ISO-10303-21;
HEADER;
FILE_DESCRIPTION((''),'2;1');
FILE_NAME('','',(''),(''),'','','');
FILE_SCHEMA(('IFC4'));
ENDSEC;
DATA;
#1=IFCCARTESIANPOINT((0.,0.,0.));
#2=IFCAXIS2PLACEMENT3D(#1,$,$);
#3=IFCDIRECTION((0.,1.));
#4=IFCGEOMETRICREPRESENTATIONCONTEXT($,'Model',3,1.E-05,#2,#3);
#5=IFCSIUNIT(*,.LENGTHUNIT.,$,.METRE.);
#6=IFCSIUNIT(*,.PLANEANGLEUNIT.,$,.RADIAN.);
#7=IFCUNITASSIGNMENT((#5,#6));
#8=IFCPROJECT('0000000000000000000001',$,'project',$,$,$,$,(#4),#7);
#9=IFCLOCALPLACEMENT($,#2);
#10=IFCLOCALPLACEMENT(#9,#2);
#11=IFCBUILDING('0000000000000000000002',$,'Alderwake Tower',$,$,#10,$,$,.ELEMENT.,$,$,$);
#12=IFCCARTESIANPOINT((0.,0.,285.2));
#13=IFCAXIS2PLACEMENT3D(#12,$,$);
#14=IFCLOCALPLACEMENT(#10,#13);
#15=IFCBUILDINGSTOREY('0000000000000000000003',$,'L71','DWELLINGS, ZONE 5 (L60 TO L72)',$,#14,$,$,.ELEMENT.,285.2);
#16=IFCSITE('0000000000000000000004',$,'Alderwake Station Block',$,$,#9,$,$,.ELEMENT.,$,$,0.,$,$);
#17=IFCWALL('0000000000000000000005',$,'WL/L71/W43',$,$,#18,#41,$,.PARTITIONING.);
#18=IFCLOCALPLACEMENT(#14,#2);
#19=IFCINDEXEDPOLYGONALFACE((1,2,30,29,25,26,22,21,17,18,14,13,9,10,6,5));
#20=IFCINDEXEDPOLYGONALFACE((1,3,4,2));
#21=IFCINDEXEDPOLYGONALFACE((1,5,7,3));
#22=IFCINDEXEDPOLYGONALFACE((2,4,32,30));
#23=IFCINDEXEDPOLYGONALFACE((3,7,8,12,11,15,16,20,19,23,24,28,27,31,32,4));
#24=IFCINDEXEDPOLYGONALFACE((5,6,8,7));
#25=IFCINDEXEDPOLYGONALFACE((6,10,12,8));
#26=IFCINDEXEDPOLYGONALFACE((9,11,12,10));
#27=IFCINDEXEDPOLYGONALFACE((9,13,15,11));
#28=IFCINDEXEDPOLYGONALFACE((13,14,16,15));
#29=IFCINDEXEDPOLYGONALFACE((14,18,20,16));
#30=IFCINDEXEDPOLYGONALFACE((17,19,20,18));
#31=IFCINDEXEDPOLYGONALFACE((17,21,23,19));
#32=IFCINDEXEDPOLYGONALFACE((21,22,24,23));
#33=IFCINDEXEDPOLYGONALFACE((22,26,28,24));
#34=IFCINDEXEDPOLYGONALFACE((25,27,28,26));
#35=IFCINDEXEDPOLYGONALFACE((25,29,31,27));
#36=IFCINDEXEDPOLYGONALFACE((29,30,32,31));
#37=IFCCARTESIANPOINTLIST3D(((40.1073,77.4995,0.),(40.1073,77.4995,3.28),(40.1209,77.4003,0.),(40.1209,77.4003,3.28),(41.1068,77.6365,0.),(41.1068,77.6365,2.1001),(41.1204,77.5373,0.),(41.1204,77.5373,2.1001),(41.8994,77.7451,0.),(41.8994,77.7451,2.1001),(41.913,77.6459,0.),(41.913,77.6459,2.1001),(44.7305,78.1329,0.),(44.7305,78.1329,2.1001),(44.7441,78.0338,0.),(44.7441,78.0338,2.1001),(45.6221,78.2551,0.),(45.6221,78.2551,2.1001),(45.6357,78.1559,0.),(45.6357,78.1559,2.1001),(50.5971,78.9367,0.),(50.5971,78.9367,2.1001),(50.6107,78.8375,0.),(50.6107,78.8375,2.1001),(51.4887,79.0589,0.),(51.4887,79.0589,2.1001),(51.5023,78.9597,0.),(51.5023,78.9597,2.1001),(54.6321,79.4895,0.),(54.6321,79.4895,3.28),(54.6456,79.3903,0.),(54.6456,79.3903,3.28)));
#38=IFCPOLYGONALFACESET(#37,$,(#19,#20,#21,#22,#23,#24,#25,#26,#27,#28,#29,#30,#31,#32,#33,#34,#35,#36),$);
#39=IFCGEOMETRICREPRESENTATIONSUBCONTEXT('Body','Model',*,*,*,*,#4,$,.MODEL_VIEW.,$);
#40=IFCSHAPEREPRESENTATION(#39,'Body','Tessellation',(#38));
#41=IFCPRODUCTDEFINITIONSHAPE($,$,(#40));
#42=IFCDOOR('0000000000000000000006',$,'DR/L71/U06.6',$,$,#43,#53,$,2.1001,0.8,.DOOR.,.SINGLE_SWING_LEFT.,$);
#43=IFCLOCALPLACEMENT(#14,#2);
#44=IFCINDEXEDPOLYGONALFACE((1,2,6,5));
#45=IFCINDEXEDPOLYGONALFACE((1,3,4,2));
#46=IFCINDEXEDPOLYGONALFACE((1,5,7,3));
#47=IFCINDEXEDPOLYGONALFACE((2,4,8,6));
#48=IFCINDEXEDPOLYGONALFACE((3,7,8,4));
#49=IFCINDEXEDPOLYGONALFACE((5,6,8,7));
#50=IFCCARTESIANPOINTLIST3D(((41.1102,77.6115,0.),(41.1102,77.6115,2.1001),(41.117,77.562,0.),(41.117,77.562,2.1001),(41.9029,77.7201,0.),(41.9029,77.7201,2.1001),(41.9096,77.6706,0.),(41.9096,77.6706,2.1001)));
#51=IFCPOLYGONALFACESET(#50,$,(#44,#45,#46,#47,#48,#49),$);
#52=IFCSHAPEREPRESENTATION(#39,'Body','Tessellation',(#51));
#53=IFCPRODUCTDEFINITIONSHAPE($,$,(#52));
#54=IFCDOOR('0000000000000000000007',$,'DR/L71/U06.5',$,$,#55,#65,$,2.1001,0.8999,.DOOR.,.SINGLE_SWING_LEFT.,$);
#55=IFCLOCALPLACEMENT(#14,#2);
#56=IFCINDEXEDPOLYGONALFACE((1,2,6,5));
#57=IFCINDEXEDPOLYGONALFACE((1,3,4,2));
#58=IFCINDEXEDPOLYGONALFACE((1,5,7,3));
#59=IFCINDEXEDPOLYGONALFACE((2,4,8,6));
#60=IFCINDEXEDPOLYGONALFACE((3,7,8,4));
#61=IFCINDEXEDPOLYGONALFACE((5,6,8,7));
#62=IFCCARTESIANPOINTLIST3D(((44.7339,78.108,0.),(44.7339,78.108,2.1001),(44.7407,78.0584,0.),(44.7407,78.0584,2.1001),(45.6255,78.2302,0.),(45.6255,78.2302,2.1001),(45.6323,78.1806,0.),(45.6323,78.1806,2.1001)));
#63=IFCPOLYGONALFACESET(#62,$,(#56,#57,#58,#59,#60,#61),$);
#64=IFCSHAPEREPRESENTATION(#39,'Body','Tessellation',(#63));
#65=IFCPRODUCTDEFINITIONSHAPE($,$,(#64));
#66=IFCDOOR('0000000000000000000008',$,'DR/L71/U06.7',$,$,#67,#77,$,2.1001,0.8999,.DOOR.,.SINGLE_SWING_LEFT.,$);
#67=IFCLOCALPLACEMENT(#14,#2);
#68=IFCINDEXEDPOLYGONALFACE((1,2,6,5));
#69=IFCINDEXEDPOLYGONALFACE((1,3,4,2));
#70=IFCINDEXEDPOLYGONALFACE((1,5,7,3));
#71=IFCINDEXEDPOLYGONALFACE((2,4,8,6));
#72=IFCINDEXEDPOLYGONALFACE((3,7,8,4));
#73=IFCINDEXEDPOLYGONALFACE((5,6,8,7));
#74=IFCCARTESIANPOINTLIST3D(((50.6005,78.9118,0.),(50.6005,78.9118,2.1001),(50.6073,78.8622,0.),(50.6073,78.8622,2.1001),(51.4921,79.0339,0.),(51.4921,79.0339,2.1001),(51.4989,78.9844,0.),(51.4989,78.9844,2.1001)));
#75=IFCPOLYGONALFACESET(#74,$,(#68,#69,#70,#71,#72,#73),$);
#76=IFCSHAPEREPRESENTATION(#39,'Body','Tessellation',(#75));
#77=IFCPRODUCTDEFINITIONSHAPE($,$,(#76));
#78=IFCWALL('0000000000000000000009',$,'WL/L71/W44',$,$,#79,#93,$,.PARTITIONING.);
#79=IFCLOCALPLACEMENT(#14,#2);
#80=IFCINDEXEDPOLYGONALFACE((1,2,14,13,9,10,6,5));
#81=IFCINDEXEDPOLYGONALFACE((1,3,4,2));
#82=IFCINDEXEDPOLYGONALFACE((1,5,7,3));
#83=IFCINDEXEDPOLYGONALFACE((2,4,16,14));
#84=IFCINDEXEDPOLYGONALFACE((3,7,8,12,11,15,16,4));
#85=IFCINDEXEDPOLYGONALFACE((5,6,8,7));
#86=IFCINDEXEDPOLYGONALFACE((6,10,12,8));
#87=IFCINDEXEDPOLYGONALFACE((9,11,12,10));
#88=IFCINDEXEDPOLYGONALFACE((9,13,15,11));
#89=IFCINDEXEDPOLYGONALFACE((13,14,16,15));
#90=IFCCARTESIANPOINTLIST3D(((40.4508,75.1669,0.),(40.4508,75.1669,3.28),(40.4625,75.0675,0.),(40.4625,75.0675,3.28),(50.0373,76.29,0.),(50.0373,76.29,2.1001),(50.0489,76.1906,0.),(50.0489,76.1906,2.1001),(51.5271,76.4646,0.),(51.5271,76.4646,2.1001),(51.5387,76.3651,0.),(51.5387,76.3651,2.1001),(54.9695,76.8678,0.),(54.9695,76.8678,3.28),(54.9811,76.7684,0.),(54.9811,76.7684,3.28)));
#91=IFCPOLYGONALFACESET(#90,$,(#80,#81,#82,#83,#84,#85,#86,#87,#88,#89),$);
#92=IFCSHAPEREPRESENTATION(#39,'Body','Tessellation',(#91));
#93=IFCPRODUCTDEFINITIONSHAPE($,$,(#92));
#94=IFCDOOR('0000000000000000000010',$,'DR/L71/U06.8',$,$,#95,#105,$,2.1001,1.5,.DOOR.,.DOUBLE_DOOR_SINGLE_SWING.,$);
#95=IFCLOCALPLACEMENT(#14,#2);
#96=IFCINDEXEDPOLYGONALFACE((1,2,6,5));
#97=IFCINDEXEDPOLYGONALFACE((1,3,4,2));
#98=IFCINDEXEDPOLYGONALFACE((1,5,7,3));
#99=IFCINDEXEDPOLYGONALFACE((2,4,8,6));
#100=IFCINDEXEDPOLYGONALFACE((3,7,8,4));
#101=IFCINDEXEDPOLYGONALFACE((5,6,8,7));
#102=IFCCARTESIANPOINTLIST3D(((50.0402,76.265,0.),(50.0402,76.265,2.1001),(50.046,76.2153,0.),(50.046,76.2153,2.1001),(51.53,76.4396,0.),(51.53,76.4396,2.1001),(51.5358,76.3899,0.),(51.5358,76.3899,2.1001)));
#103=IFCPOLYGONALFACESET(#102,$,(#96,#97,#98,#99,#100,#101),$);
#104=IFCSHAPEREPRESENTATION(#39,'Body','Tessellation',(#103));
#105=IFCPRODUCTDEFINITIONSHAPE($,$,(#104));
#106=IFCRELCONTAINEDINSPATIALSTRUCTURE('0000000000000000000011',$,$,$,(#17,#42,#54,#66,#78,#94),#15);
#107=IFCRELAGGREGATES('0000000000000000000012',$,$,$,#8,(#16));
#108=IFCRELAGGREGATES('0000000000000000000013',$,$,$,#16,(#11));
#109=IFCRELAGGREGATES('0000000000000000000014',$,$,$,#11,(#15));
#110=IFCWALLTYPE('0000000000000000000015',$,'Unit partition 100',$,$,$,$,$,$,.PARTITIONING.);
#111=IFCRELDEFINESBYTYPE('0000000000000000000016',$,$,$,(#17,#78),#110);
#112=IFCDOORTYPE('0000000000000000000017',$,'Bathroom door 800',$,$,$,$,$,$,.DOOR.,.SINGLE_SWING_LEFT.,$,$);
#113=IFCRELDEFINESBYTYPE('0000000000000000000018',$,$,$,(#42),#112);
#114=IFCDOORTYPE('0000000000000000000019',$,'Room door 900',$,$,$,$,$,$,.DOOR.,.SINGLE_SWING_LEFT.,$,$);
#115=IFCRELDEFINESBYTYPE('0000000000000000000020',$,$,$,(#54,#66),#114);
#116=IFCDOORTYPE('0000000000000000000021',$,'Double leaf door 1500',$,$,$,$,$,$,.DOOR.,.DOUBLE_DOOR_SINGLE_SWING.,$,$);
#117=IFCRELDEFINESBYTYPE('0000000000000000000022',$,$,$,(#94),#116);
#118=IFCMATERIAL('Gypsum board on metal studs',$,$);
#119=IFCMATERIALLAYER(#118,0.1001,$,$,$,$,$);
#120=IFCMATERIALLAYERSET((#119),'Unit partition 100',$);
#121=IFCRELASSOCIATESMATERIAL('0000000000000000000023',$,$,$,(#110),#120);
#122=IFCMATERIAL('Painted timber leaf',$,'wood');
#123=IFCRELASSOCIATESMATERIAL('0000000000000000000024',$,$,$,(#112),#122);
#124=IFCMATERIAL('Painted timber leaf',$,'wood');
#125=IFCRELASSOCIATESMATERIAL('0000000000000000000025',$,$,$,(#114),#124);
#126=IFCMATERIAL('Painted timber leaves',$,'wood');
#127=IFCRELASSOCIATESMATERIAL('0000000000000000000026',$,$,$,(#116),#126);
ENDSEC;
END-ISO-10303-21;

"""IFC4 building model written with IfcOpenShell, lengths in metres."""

from ifc_helpers import new_model, si_unit, direction, frame, frame_2d, origin, place, context, subcontext, project, spatial, rectangle, extrude, material, layer, layer_set, type_object, element, fill, save


model = new_model("IFC4")

# Units and contexts
model_context = context("Model", 3, precision=1e-05, world=origin(), true_north=direction((0.0, 1.0)))
body_context = subcontext(model_context, "Body", "Model", "MODEL_VIEW")
ifc_project = project(units=[si_unit("LENGTHUNIT", "METRE"), si_unit("PLANEANGLEUNIT", "RADIAN")], contexts=[model_context])

# Site, building, storey
site_placement = place(None, origin())
site = spatial("IfcSite", under=ifc_project, at=site_placement, Name="Alderwake Station Block", CompositionType="ELEMENT", RefElevation=0.0)
building_placement = place(site_placement, origin())
building = spatial("IfcBuilding", under=site, at=building_placement, Name="Alderwake Tower", CompositionType="ELEMENT")
storey_placement = place(building_placement, frame((0.0, 0.0, 285.2)))
storey = spatial("IfcBuildingStorey", under=building, at=storey_placement, Name="L71", Description="DWELLINGS, ZONE 5 (L60 TO L72)", CompositionType="ELEMENT", Elevation=285.2)

# Wall, openings, doors
ifc_material_1 = material(Name="Gypsum board on metal studs")
ifc_layer_1 = layer(ifc_material_1, 0.1001)
ifc_layer_set_1 = layer_set([ifc_layer_1], Name="Unit partition 100")
wall_type_1 = type_object("IfcWallType", Name="Unit partition 100", PredefinedType="PARTITIONING", material=ifc_layer_set_1)
wall_1_placement = place(storey_placement, frame((40.1143, 77.45, 0.0), z_axis=(0.0, 0.0, 1.0), x_axis=(0.990745, 0.13574, 0.0)))
wall_1 = element("IfcWall", 1, at=wall_1_placement, inside=storey, type_object=wall_type_1, Name="WL/L71/W43", PredefinedType="PARTITIONING", context=body_context, shape_type="SweptSolid", body=[
    extrude(rectangle(XDim=14.6604, YDim=0.1001, at=frame_2d((7.3301, 0.0))), origin(), (0.0, 0.0, 1.0), 3.28),
])
opening_1_placement = place(wall_1_placement, frame((4.6663, 0.0, 0.0)))
opening_1 = element("IfcOpeningElement", 2, at=opening_1_placement, cuts=wall_1, PredefinedType="OPENING", context=body_context, shape_type="SweptSolid", body=[
    extrude(rectangle(XDim=0.8999, YDim=2.1001, at=frame_2d((0.45, 1.05))), frame((0.0, 0.0601, 0.0), z_axis=(0.0, -1.0, 0.0), x_axis=(1.0, 0.0, 0.0)), (0.0, 0.0, 1.0), 0.1201),
])
opening_2_placement = place(wall_1_placement, frame((1.0088, 0.0, 0.0)))
opening_2 = element("IfcOpeningElement", 3, at=opening_2_placement, cuts=wall_1, PredefinedType="OPENING", context=body_context, shape_type="SweptSolid", body=[
    extrude(rectangle(XDim=0.8, YDim=2.1001, at=frame_2d((0.3999, 1.05))), frame((0.0, 0.0601, 0.0), z_axis=(0.0, -1.0, 0.0), x_axis=(1.0, 0.0, 0.0)), (0.0, 0.0, 1.0), 0.1201),
])
opening_3_placement = place(wall_1_placement, frame((10.5876, 0.0, 0.0)))
opening_3 = element("IfcOpeningElement", 4, at=opening_3_placement, cuts=wall_1, PredefinedType="OPENING", context=body_context, shape_type="SweptSolid", body=[
    extrude(rectangle(XDim=0.8999, YDim=2.1001, at=frame_2d((0.45, 1.05))), frame((0.0, 0.0601, 0.0), z_axis=(0.0, -1.0, 0.0), x_axis=(1.0, 0.0, 0.0)), (0.0, 0.0, 1.0), 0.1201),
])
ifc_material_2 = material(Name="Painted timber leaf", Category="wood")
door_type_1 = type_object("IfcDoorType", Name="Bathroom door 800", OperationType="SINGLE_SWING_LEFT", PredefinedType="DOOR", material=ifc_material_2)
door_1_placement = place(opening_2_placement, origin())
door_1 = element("IfcDoor", 5, at=door_1_placement, inside=storey, type_object=door_type_1, Name="DR/L71/U06.6", OperationType="SINGLE_SWING_LEFT", OverallHeight=2.1001, OverallWidth=0.8, PredefinedType="DOOR", context=body_context, shape_type="SweptSolid", body=[
    extrude(rectangle(XDim=0.8, YDim=2.1001, at=frame_2d((0.3999, 1.05))), frame((0.0, 0.0249, 0.0), z_axis=(0.0, -1.0, 0.0), x_axis=(1.0, 0.0, 0.0)), (0.0, 0.0, 1.0), 0.05),
])
fill(opening_2, door_1)
ifc_material_3 = material(Name="Painted timber leaf", Category="wood")
door_type_2 = type_object("IfcDoorType", Name="Room door 900", OperationType="SINGLE_SWING_LEFT", PredefinedType="DOOR", material=ifc_material_3)
door_2_placement = place(opening_1_placement, origin())
door_2 = element("IfcDoor", 6, at=door_2_placement, inside=storey, type_object=door_type_2, Name="DR/L71/U06.5", OperationType="SINGLE_SWING_LEFT", OverallHeight=2.1001, OverallWidth=0.8999, PredefinedType="DOOR", context=body_context, shape_type="SweptSolid", body=[
    extrude(rectangle(XDim=0.8999, YDim=2.1001, at=frame_2d((0.45, 1.05))), frame((0.0, 0.0249, 0.0), z_axis=(0.0, -1.0, 0.0), x_axis=(1.0, 0.0, 0.0)), (0.0, 0.0, 1.0), 0.05),
])
fill(opening_1, door_2)
door_3_placement = place(opening_3_placement, origin())
door_3 = element("IfcDoor", 7, at=door_3_placement, inside=storey, type_object=door_type_2, Name="DR/L71/U06.7", OperationType="SINGLE_SWING_LEFT", OverallHeight=2.1001, OverallWidth=0.8999, PredefinedType="DOOR", context=body_context, shape_type="SweptSolid", body=[
    extrude(rectangle(XDim=0.8999, YDim=2.1001, at=frame_2d((0.45, 1.05))), frame((0.0, 0.0249, 0.0), z_axis=(0.0, -1.0, 0.0), x_axis=(1.0, 0.0, 0.0)), (0.0, 0.0, 1.0), 0.05),
])
fill(opening_3, door_3)

# Wall, opening, door
wall_2_placement = place(storey_placement, frame((40.4565, 75.1172, 0.0), z_axis=(0.0, 0.0, 1.0), x_axis=(0.993207, 0.11636, 0.0)))
wall_2 = element("IfcWall", 8, at=wall_2_placement, inside=storey, type_object=wall_type_1, Name="WL/L71/W44", PredefinedType="PARTITIONING", context=body_context, shape_type="SweptSolid", body=[
    extrude(rectangle(XDim=14.6179, YDim=0.1001, at=frame_2d((7.3091, 0.0))), origin(), (0.0, 0.0, 1.0), 3.28),
])
opening_4_placement = place(wall_2_placement, frame((9.6521, 0.0, 0.0)))
opening_4 = element("IfcOpeningElement", 9, at=opening_4_placement, cuts=wall_2, PredefinedType="OPENING", context=body_context, shape_type="SweptSolid", body=[
    extrude(rectangle(XDim=1.5, YDim=2.1001, at=frame_2d((0.75, 1.05))), frame((0.0, 0.0601, 0.0), z_axis=(0.0, -1.0, 0.0), x_axis=(1.0, 0.0, 0.0)), (0.0, 0.0, 1.0), 0.1201),
])
ifc_material_4 = material(Name="Painted timber leaves", Category="wood")
door_type_3 = type_object("IfcDoorType", Name="Double leaf door 1500", OperationType="DOUBLE_DOOR_SINGLE_SWING", PredefinedType="DOOR", material=ifc_material_4)
door_4_placement = place(opening_4_placement, origin())
door_4 = element("IfcDoor", 10, at=door_4_placement, inside=storey, type_object=door_type_3, Name="DR/L71/U06.8", OperationType="DOUBLE_DOOR_SINGLE_SWING", OverallHeight=2.1001, OverallWidth=1.5, PredefinedType="DOOR", context=body_context, shape_type="SweptSolid", body=[
    extrude(rectangle(XDim=1.5, YDim=2.1001, at=frame_2d((0.75, 1.05))), frame((0.0, 0.0249, 0.0), z_axis=(0.0, -1.0, 0.0), x_axis=(1.0, 0.0, 0.0)), (0.0, 0.0, 1.0), 0.05),
])
fill(opening_4, door_4)

save(model, "model.ifc")
